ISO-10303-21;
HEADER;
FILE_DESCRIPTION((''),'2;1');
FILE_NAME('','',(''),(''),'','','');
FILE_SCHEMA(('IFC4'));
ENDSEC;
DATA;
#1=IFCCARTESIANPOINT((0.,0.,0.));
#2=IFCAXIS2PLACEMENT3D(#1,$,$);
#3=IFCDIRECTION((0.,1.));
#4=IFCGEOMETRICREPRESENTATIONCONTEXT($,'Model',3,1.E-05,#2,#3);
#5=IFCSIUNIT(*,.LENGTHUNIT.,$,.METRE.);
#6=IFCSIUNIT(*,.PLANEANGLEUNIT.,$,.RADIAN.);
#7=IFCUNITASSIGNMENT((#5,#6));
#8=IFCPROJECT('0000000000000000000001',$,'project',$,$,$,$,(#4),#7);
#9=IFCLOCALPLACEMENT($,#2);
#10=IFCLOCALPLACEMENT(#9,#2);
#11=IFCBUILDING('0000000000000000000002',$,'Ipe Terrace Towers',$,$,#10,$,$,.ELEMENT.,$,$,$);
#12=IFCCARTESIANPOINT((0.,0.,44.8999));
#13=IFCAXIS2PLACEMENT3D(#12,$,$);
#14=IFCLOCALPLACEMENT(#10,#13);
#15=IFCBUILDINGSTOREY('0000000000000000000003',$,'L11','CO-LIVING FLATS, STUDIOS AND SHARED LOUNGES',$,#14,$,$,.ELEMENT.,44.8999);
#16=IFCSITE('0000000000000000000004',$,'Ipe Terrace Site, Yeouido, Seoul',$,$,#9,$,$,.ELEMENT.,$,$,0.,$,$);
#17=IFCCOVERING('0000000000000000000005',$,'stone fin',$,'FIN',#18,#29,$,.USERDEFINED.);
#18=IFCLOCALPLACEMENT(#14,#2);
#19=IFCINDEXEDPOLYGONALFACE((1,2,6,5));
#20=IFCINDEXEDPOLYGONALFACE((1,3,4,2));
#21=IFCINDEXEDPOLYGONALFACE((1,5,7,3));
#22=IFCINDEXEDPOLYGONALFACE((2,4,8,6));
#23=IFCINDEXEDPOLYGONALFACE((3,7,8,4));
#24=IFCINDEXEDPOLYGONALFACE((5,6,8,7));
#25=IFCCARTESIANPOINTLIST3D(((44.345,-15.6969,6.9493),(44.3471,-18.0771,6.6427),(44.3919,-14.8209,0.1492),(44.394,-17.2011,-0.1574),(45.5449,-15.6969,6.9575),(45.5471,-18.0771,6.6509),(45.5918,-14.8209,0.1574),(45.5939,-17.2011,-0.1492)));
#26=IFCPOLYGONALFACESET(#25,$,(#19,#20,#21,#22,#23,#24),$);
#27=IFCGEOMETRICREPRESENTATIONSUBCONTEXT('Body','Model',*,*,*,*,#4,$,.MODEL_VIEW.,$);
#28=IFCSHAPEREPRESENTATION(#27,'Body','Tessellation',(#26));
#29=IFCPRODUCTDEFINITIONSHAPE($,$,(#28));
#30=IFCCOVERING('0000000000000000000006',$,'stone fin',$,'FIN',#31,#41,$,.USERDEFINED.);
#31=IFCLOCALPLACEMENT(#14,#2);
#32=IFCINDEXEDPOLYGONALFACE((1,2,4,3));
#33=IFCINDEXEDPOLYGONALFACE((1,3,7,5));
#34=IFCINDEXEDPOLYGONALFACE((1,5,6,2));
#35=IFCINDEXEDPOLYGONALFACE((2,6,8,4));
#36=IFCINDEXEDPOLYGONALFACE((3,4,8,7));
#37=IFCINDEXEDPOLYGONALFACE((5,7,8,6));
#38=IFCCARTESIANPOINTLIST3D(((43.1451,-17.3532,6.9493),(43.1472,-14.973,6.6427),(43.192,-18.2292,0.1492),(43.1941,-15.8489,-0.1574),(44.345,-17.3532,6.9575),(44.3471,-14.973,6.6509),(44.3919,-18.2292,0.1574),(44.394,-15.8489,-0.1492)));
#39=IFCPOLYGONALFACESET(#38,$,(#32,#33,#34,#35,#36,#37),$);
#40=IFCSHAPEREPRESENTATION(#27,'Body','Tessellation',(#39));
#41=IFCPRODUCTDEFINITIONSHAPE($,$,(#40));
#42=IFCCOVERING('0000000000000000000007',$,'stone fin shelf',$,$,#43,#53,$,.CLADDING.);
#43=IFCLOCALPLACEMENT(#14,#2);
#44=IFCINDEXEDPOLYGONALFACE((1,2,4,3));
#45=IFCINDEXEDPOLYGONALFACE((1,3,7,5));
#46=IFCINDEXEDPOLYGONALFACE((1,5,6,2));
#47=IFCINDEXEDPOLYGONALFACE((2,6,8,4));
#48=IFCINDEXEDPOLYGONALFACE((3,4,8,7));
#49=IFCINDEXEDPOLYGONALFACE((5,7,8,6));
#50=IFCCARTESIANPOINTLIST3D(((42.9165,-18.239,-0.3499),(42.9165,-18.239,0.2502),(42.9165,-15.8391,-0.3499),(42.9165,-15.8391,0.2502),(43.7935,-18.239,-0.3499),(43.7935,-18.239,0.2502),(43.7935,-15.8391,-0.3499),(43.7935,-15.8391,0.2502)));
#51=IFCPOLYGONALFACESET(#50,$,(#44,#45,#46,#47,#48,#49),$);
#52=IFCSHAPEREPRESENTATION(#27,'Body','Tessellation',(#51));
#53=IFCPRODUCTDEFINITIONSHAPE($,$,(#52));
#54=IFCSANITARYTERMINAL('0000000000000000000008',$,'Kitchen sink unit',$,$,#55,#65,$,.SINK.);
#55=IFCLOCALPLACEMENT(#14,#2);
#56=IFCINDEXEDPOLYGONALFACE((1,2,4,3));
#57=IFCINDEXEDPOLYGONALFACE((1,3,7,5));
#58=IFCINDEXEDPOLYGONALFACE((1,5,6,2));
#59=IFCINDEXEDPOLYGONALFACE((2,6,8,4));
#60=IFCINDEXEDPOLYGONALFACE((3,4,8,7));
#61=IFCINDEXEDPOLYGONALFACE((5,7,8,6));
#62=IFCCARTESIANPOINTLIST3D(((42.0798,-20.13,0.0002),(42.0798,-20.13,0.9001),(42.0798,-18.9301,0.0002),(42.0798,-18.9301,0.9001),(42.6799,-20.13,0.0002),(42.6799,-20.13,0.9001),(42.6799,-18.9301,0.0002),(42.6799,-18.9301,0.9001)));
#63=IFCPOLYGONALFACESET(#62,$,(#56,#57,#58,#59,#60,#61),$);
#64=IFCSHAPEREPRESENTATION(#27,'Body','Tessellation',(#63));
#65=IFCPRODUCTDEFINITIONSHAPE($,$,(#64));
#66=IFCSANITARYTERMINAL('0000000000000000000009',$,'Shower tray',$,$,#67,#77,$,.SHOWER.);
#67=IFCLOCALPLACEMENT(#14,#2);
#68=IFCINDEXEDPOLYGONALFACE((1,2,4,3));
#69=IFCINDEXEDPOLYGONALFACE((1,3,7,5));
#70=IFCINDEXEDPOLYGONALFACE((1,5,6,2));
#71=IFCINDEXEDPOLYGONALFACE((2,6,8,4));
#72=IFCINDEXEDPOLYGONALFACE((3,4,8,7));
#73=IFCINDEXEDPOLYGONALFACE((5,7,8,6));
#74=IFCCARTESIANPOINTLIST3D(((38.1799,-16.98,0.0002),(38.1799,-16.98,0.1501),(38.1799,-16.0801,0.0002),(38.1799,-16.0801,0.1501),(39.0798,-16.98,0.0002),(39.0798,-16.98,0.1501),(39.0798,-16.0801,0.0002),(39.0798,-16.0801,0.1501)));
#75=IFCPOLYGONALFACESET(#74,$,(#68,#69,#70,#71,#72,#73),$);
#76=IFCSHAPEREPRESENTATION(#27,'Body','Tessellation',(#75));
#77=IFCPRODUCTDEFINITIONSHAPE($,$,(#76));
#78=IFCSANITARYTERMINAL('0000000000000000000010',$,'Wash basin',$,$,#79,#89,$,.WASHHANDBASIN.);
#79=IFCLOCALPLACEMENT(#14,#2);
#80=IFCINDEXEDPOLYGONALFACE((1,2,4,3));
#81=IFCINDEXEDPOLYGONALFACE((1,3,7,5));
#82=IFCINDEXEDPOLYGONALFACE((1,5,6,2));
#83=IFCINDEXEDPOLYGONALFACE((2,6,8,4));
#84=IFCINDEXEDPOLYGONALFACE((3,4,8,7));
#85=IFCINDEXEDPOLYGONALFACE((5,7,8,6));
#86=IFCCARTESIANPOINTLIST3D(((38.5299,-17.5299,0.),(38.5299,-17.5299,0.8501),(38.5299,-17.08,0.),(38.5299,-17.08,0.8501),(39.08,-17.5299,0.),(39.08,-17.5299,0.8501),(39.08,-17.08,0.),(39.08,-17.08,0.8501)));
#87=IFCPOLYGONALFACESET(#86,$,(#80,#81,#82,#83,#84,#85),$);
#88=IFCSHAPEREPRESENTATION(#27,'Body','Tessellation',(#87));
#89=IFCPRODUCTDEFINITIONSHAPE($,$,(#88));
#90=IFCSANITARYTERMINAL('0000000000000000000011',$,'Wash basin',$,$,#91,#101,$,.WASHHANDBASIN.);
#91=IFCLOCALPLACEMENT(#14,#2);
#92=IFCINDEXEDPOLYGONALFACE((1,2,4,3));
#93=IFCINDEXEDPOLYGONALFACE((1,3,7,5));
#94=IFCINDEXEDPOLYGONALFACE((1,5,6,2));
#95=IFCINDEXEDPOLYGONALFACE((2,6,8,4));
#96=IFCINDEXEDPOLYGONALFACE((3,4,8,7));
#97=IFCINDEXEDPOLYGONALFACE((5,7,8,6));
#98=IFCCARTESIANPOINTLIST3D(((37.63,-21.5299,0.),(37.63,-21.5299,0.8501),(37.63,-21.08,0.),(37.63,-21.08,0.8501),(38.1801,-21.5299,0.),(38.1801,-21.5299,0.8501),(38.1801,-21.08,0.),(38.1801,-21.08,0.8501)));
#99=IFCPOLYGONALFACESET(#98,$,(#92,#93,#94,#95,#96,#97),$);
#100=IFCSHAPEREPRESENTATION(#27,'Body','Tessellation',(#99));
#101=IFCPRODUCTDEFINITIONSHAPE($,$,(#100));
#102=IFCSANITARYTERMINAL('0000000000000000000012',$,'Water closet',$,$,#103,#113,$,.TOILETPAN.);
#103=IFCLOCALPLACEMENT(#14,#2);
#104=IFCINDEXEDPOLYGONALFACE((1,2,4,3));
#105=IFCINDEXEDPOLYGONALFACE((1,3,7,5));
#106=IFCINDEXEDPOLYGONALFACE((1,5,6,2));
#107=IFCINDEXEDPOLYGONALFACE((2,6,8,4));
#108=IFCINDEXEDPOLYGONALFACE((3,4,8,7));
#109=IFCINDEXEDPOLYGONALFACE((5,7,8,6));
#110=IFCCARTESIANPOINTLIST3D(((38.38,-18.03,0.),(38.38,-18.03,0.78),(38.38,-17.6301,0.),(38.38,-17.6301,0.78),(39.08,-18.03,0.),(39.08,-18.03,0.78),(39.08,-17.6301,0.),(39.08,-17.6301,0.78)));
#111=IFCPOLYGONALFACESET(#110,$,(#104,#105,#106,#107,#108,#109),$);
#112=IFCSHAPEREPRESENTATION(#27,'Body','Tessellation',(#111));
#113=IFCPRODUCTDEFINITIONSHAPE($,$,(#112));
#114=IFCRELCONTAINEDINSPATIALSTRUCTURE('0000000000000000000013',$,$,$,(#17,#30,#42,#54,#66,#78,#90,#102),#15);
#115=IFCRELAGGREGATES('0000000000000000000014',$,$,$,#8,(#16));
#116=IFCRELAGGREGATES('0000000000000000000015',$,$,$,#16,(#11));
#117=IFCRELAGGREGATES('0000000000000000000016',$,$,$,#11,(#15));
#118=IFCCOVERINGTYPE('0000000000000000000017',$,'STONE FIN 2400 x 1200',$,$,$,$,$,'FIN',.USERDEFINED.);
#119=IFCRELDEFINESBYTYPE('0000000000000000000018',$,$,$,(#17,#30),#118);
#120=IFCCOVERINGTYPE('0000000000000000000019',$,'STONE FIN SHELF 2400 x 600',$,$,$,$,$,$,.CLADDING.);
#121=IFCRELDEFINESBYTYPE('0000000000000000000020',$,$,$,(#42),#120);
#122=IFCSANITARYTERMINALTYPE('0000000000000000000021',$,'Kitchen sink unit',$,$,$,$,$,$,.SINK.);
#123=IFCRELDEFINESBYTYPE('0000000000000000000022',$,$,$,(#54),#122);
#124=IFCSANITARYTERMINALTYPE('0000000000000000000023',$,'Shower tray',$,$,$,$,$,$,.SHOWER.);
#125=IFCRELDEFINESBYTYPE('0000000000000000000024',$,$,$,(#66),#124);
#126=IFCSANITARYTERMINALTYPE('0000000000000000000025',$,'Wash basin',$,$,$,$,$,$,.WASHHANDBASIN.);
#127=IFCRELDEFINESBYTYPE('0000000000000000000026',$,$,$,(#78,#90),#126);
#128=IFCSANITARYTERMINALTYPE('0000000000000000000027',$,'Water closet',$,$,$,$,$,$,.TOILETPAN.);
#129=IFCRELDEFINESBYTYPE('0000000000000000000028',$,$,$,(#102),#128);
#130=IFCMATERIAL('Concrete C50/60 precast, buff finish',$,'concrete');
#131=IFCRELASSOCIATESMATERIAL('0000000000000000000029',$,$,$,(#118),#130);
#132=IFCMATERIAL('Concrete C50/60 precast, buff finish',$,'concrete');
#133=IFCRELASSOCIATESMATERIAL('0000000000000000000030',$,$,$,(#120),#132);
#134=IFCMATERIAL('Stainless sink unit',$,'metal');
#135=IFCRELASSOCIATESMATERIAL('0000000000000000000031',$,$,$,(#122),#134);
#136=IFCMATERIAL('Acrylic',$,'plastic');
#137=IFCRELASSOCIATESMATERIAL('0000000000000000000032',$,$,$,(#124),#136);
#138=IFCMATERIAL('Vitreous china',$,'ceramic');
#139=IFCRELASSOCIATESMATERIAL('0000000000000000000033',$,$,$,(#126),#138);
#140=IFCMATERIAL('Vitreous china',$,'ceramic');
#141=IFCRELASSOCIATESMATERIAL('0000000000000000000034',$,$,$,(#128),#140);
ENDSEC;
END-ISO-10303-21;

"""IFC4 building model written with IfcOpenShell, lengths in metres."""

from ifc_helpers import new_model, si_unit, direction, frame, origin, origin_2d, place, context, subcontext, project, spatial, rectangle, extrude, material, material_profile, profile_set, type_object, element, save


model = new_model("IFC4")

# Units and contexts
model_context = context("Model", 3, precision=1e-05, world=origin(), true_north=direction((0.0, 1.0)))
body_context = subcontext(model_context, "Body", "Model", "MODEL_VIEW")
ifc_project = project(units=[si_unit("LENGTHUNIT", "METRE"), si_unit("PLANEANGLEUNIT", "RADIAN")], contexts=[model_context])

# Site, building, storey
site_placement = place(None, origin())
site = spatial("IfcSite", under=ifc_project, at=site_placement, Name="Ipe Terrace Site, Yeouido, Seoul", CompositionType="ELEMENT", RefElevation=0.0)
building_placement = place(site_placement, origin())
building = spatial("IfcBuilding", under=site, at=building_placement, Name="Ipe Terrace Towers", CompositionType="ELEMENT")
storey_placement = place(building_placement, frame((0.0, 0.0, 44.8999)))
storey = spatial("IfcBuildingStorey", under=building, at=storey_placement, Name="L11", Description="CO-LIVING FLATS, STUDIOS AND SHARED LOUNGES", CompositionType="ELEMENT", Elevation=44.8999)

# Coverings
ifc_material_1 = material(Name="Concrete C50/60 precast, buff finish", Category="concrete")
ifc_material_profile_1 = material_profile(ifc_material_1, rectangle(XDim=2.3999, YDim=1.2, at=origin_2d()), Name="STONE FIN 2400 x 1200")
ifc_profile_set_1 = profile_set([ifc_material_profile_1], Name="Concrete C50/60 precast, buff finish")
covering_type_1 = type_object("IfcCoveringType", Name="STONE FIN 2400 x 1200", ElementType="FIN", PredefinedType="USERDEFINED", material=ifc_profile_set_1)
for number, where, z_axis, x_axis, name in (
    (1, (44.9929, -16.011, 0.0), (-0.006837, -0.12776, 0.991781), (-0.000881, 0.991805, 0.127757), "stone fin"),
    (2, (43.793, -17.0391, 0.0), (-0.006837, 0.12776, 0.991781), (0.000881, 0.991805, -0.127757), "stone fin"),
):
    element("IfcCovering", number, at=place(storey_placement, frame(where, z_axis=z_axis, x_axis=x_axis)), inside=storey, type_object=covering_type_1, Name=name, ObjectType="FIN", PredefinedType="USERDEFINED", context=body_context, shape_type="SweptSolid", body=[
        extrude(rectangle(XDim=2.3999, YDim=1.2, at=origin_2d()), origin(), (0.0, 0.0, 1.0), 6.8564),
    ])
ifc_material_2 = material(Name="Concrete C50/60 precast, buff finish", Category="concrete")
covering_type_2 = type_object("IfcCoveringType", Name="STONE FIN SHELF 2400 x 600", PredefinedType="CLADDING", material=ifc_material_2)
covering_placement = place(storey_placement, frame((43.355, -17.0391, -0.3499), z_axis=(0.0, 0.0, 1.0), x_axis=(0.0, 1.0, 0.0)))
element("IfcCovering", 3, at=covering_placement, inside=storey, type_object=covering_type_2, Name="stone fin shelf", PredefinedType="CLADDING", context=body_context, shape_type="SweptSolid", body=[
    extrude(rectangle(XDim=2.3999, YDim=0.877, at=origin_2d()), origin(), (0.0, 0.0, 1.0), 0.6001),
])

# Sanitary terminals
ifc_material_3 = material(Name="Stainless sink unit", Category="metal")
sanitary_terminal_type_1 = type_object("IfcSanitaryTerminalType", Name="Kitchen sink unit", PredefinedType="SINK", material=ifc_material_3)
sanitary_terminal_1_placement = place(storey_placement, frame((42.3799, -19.53, 0.0002), z_axis=(0.0, 0.0, 1.0), x_axis=(0.0, -1.0, 0.0)))
element("IfcSanitaryTerminal", 4, at=sanitary_terminal_1_placement, inside=storey, type_object=sanitary_terminal_type_1, Name="Kitchen sink unit", PredefinedType="SINK", context=body_context, shape_type="SweptSolid", body=[
    extrude(rectangle(XDim=1.2, YDim=0.6001, at=origin_2d()), origin(), (0.0, 0.0, 1.0), 0.8999),
])
ifc_material_4 = material(Name="Acrylic", Category="plastic")
sanitary_terminal_type_2 = type_object("IfcSanitaryTerminalType", Name="Shower tray", PredefinedType="SHOWER", material=ifc_material_4)
sanitary_terminal_2_placement = place(storey_placement, frame((38.6299, -16.53, 0.0002), z_axis=(0.0, 0.0, 1.0), x_axis=(-1.0, 0.0, 0.0)))
element("IfcSanitaryTerminal", 5, at=sanitary_terminal_2_placement, inside=storey, type_object=sanitary_terminal_type_2, Name="Shower tray", PredefinedType="SHOWER", context=body_context, shape_type="SweptSolid", body=[
    extrude(rectangle(XDim=0.8999, YDim=0.8999, at=origin_2d()), origin(), (0.0, 0.0, 1.0), 0.1499),
])
ifc_material_5 = material(Name="Vitreous china", Category="ceramic")
sanitary_terminal_type_3 = type_object("IfcSanitaryTerminalType", Name="Wash basin", PredefinedType="WASHHANDBASIN", material=ifc_material_5)
for number, where, z_axis, x_axis, name in (
    (6, (38.8049, -17.3049, 0.0), (0.0, 0.0, 1.0), (-1.0, 0.0, 0.0), "Wash basin"),
    (7, (37.905, -21.3049, 0.0), (0.0, 0.0, 1.0), (-1.0, 0.0, 0.0), "Wash basin"),
):
    element("IfcSanitaryTerminal", number, at=place(storey_placement, frame(where, z_axis=z_axis, x_axis=x_axis)), inside=storey, type_object=sanitary_terminal_type_3, Name=name, PredefinedType="WASHHANDBASIN", context=body_context, shape_type="SweptSolid", body=[
        extrude(rectangle(XDim=0.55, YDim=0.45, at=origin_2d()), origin(), (0.0, 0.0, 1.0), 0.8501),
    ])
ifc_material_6 = material(Name="Vitreous china", Category="ceramic")
sanitary_terminal_type_4 = type_object("IfcSanitaryTerminalType", Name="Water closet", PredefinedType="TOILETPAN", material=ifc_material_6)
sanitary_terminal_3_placement = place(storey_placement, frame((38.73, -17.8301, 0.0), z_axis=(0.0, 0.0, 1.0), x_axis=(-1.0, 0.0, 0.0)))
element("IfcSanitaryTerminal", 8, at=sanitary_terminal_3_placement, inside=storey, type_object=sanitary_terminal_type_4, Name="Water closet", PredefinedType="TOILETPAN", context=body_context, shape_type="SweptSolid", body=[
    extrude(rectangle(XDim=0.7, YDim=0.3999, at=origin_2d()), origin(), (0.0, 0.0, 1.0), 0.78),
])

save(model, "model.ifc")
